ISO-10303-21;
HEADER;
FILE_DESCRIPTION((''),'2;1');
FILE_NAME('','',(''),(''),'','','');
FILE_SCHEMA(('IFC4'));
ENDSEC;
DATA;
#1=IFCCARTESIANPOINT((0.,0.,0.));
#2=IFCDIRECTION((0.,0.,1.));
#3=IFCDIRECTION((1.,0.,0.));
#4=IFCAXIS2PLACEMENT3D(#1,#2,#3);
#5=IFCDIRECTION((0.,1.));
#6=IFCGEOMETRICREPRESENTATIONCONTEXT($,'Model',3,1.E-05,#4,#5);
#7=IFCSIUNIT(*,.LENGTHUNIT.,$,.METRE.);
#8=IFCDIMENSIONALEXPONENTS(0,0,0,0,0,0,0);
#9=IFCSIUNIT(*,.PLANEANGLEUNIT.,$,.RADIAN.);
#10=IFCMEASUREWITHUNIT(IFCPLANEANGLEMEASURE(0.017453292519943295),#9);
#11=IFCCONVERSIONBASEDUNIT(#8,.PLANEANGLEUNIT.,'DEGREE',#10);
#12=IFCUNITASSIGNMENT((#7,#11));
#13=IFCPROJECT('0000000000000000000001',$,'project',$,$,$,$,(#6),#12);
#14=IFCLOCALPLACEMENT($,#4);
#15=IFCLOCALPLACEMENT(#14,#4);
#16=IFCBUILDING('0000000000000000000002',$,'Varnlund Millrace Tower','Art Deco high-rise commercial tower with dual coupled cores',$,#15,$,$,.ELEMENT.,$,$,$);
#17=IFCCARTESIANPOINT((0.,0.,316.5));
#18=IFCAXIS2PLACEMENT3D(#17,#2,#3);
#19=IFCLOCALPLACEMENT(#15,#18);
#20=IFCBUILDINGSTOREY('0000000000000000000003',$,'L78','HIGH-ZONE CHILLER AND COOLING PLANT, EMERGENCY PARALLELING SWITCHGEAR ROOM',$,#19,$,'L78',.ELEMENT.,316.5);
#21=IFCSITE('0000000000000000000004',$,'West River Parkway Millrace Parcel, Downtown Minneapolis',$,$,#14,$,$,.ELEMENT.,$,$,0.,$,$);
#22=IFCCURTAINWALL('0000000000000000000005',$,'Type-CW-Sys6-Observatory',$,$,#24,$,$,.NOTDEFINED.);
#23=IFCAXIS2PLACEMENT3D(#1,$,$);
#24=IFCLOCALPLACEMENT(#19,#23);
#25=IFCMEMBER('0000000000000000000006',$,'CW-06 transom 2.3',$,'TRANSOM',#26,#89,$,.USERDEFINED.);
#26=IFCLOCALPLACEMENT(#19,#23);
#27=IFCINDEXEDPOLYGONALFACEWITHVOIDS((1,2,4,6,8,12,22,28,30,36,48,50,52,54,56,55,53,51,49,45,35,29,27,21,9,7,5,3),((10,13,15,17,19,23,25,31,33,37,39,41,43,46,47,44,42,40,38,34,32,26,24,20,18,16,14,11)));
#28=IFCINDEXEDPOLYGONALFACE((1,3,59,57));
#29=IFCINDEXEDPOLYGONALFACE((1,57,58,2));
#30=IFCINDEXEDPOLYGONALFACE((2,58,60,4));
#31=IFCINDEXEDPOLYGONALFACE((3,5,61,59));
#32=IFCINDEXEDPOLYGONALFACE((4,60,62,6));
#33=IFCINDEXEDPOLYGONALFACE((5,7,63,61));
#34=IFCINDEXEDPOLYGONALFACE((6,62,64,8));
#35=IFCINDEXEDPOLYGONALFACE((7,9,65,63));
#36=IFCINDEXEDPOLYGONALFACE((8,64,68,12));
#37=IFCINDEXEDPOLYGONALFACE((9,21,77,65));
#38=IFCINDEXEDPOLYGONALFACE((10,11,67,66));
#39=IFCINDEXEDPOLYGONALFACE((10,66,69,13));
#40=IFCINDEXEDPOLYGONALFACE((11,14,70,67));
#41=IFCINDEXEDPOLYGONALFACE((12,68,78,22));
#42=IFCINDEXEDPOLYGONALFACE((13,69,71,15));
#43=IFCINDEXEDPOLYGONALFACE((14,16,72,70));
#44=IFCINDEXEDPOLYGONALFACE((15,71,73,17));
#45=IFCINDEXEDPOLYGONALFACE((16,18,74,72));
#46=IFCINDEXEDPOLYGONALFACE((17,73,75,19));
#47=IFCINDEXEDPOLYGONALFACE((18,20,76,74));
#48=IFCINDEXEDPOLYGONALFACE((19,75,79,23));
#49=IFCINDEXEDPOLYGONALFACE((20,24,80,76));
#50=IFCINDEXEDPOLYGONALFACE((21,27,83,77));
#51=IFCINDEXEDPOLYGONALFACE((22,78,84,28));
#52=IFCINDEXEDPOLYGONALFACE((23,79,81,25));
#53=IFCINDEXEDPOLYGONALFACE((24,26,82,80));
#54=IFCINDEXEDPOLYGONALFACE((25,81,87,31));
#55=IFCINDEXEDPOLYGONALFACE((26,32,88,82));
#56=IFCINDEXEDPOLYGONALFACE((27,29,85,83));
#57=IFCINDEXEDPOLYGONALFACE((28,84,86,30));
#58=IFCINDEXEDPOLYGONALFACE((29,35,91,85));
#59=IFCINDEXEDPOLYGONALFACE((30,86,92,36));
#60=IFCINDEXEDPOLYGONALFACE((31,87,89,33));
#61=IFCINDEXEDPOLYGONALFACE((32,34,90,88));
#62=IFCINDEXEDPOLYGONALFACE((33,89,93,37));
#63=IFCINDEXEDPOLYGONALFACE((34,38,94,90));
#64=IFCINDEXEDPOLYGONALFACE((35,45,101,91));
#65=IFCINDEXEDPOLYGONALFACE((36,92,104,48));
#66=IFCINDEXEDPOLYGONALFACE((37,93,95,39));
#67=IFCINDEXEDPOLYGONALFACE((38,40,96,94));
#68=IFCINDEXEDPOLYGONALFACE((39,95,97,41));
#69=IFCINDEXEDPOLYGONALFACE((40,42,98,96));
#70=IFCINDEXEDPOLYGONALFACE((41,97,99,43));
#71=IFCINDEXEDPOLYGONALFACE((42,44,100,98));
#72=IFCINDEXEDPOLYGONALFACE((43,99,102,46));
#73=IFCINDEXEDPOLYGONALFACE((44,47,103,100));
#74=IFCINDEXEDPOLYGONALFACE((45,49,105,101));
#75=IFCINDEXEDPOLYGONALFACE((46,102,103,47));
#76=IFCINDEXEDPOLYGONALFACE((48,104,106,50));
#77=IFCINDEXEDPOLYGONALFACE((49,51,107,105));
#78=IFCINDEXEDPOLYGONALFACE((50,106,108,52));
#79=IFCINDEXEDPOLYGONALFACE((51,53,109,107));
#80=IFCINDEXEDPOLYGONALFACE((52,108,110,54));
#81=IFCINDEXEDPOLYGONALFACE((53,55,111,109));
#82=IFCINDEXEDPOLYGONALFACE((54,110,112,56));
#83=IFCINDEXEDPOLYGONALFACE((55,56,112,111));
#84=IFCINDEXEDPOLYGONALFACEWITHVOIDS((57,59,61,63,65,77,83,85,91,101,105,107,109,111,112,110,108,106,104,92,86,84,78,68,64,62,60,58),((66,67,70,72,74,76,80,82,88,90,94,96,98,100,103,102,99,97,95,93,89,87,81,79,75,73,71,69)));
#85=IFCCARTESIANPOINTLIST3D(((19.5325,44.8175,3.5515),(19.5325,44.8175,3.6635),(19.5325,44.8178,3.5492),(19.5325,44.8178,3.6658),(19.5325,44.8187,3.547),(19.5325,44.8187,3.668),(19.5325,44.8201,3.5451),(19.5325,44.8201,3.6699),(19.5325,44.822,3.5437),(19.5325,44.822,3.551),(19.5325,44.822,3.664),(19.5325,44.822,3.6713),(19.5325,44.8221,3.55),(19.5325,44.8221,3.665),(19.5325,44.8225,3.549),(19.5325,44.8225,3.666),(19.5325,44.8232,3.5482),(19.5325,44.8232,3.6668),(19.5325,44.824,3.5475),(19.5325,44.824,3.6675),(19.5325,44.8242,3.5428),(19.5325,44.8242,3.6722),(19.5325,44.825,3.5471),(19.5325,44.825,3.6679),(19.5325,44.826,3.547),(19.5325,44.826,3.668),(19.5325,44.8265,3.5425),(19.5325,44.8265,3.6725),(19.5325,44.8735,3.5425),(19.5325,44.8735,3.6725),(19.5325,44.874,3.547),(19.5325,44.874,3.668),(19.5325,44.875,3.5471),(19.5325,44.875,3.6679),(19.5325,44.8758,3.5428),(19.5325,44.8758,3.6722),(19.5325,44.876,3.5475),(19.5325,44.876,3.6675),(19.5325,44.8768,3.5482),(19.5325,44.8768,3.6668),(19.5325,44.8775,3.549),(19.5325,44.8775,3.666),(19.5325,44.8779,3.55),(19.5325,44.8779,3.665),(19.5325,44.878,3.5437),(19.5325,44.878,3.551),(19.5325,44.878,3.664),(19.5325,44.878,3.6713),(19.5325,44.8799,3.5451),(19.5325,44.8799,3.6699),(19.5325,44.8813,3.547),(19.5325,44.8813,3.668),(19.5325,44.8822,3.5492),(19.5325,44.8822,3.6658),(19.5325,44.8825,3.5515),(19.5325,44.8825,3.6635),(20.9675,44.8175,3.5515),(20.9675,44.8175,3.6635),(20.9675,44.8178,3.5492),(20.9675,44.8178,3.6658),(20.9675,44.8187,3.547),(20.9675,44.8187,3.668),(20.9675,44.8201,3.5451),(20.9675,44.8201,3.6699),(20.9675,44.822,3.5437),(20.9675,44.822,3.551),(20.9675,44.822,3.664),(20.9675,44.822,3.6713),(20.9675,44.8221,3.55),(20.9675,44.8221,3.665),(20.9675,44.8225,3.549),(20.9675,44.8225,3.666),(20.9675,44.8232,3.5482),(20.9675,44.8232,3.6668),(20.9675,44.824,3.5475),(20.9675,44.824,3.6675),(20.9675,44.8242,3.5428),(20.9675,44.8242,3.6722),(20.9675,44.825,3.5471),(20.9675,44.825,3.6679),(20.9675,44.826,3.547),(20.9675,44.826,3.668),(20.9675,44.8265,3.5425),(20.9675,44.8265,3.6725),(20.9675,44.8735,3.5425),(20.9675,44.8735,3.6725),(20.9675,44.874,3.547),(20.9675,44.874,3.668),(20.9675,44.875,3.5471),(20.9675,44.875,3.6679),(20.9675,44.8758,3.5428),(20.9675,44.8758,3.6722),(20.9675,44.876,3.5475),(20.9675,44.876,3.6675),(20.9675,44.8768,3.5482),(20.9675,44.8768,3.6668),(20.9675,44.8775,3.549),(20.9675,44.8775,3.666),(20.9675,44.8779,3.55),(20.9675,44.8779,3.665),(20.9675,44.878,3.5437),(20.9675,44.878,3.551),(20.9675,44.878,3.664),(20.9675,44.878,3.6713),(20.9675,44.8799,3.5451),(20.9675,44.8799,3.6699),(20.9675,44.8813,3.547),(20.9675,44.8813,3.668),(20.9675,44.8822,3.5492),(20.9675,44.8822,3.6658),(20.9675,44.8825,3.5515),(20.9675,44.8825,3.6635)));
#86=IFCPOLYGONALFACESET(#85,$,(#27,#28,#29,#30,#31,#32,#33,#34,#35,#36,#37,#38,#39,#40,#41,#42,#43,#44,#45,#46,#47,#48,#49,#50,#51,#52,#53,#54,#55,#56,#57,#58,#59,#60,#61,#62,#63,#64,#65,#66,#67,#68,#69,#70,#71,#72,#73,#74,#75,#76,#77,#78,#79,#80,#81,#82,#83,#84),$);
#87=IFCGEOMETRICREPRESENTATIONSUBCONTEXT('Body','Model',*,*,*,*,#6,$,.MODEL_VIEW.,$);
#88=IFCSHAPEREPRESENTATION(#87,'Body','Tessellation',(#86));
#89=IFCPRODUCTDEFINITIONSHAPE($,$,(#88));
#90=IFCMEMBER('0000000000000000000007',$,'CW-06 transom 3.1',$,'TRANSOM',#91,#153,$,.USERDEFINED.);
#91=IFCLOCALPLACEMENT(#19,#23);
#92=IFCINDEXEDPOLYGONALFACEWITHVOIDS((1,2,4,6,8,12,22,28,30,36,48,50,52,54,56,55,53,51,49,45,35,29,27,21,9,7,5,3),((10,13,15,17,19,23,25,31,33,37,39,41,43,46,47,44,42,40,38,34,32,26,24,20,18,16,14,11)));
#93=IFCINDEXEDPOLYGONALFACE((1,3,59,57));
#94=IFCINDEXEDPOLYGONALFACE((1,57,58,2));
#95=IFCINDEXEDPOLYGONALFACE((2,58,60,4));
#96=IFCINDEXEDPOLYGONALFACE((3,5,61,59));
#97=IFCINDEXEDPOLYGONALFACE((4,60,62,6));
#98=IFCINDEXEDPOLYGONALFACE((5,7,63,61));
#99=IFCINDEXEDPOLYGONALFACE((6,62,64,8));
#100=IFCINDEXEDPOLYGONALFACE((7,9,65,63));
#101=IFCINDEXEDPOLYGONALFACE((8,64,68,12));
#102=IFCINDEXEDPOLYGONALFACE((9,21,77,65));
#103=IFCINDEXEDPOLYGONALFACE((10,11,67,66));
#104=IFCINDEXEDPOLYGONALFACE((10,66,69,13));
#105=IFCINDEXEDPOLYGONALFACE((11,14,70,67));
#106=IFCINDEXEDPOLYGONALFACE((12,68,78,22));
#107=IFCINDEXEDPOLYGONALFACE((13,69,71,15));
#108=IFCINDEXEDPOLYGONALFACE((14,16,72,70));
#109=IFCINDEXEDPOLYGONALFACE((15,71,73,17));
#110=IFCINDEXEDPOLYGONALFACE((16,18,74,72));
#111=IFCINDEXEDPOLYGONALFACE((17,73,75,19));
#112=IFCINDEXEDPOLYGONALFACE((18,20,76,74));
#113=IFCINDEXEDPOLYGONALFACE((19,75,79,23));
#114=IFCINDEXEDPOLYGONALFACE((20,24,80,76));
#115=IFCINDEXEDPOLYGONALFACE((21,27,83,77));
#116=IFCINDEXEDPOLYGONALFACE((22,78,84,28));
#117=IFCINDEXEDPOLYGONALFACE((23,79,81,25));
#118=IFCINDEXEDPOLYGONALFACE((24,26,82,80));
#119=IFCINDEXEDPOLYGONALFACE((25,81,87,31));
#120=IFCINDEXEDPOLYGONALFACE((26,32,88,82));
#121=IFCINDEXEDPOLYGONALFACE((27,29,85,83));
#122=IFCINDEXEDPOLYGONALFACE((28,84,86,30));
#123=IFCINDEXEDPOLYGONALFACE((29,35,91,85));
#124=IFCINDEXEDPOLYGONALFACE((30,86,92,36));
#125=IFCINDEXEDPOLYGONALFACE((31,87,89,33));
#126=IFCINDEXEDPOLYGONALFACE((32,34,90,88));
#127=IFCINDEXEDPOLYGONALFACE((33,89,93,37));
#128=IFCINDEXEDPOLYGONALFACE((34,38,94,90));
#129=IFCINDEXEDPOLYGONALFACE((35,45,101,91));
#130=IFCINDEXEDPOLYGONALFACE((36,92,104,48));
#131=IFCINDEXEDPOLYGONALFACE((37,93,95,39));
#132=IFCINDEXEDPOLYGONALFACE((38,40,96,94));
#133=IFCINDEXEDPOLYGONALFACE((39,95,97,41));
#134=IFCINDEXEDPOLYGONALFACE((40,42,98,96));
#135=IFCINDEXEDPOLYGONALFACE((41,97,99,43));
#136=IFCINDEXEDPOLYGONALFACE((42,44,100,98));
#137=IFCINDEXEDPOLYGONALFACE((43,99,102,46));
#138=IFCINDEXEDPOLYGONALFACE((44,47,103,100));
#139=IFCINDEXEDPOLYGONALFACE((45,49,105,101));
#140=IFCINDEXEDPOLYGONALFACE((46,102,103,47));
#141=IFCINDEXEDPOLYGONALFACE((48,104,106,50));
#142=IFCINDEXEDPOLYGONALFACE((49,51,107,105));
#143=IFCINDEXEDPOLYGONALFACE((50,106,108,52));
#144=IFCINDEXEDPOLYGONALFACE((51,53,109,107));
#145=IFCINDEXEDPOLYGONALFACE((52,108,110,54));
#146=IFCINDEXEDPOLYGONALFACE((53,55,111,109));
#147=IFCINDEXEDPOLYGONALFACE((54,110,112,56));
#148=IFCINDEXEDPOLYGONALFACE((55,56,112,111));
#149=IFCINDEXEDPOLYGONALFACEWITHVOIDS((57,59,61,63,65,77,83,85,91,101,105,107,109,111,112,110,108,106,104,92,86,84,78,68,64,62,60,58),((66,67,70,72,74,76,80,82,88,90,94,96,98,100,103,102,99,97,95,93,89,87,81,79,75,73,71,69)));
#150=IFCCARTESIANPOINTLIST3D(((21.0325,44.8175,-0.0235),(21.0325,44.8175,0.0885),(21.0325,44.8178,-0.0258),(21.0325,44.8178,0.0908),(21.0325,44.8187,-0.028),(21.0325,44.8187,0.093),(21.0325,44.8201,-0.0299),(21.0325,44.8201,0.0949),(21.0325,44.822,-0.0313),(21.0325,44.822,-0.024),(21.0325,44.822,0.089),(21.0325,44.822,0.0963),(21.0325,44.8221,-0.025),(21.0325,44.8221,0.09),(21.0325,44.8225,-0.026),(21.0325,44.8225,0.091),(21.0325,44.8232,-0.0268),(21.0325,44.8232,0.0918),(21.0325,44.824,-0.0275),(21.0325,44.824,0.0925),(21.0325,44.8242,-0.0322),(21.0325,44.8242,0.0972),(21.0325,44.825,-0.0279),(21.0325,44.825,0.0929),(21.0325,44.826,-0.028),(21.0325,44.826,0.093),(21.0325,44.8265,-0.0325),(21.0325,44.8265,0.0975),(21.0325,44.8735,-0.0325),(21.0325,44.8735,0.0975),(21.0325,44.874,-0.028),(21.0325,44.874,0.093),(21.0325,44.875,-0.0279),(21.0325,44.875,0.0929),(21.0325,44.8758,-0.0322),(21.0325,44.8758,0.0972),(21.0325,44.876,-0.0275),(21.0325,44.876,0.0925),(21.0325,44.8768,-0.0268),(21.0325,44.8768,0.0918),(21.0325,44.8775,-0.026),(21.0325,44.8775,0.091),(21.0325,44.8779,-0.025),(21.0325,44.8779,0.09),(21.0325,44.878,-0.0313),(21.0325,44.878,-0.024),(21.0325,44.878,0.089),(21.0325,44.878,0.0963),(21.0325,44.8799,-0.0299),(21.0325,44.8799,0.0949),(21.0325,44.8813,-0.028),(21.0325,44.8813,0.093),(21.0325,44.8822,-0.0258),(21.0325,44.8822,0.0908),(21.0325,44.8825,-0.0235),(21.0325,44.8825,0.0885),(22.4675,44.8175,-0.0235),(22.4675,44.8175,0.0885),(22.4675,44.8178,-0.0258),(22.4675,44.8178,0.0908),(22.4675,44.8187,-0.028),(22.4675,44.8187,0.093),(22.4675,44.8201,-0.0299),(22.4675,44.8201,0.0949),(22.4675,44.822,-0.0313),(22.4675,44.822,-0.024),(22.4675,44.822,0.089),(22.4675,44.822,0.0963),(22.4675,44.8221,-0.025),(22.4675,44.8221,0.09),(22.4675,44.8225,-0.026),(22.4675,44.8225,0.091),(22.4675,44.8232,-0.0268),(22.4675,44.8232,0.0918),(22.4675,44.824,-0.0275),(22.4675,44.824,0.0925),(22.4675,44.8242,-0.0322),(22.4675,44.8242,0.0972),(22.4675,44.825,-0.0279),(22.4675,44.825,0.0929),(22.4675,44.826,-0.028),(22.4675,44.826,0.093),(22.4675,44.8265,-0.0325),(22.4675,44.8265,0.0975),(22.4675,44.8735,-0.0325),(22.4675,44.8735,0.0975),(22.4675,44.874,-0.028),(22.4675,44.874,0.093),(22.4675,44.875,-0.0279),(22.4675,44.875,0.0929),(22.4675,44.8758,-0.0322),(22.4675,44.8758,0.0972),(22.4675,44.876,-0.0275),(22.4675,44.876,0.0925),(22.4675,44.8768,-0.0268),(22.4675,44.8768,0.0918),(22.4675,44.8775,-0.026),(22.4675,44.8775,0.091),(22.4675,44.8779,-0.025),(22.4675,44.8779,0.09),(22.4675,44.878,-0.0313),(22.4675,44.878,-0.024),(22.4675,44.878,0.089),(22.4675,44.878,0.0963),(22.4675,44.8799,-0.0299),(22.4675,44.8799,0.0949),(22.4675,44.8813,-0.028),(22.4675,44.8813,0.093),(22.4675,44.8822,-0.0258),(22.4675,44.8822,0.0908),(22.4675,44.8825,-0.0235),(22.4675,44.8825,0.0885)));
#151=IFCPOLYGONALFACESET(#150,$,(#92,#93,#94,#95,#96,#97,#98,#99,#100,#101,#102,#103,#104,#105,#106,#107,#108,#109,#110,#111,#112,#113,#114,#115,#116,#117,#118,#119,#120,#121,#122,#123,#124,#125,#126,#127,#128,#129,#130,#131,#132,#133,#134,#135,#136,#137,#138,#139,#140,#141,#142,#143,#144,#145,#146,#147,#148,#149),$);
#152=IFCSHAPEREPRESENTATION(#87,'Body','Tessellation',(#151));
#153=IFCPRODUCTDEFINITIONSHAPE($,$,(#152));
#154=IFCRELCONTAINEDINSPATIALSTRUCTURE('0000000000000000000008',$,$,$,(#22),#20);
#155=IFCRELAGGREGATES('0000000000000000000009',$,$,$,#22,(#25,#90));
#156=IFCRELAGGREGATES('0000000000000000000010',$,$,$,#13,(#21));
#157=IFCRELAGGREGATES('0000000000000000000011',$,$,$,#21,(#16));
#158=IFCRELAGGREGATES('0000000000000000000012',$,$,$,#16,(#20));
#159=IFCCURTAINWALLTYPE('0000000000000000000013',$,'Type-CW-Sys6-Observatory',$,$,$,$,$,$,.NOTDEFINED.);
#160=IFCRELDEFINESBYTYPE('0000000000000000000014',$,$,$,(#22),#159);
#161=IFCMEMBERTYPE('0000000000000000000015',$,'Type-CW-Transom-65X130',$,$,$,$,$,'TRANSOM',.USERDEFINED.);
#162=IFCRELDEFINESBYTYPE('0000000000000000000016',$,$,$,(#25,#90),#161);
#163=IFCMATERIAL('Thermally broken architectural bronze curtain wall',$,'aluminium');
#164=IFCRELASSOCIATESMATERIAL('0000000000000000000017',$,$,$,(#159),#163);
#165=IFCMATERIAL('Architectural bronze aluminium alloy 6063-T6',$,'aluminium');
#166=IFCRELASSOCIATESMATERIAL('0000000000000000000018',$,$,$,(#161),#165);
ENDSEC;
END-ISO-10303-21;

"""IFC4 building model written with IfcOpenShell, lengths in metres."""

from ifc_helpers import new_model, entity, si_unit, converted_unit, direction, frame, origin_with_axes, origin_2d_with_axis, place, context, subcontext, project, spatial, hollow_rectangle, extrude, material, material_profile, profile_set, type_object, element, aggregate, save


model = new_model("IFC4")

# Units and contexts
model_context = context("Model", 3, precision=1e-05, world=origin_with_axes(), true_north=direction((0.0, 1.0)))
body_context = subcontext(model_context, "Body", "Model", "MODEL_VIEW")
ifc_project = project(units=[si_unit("LENGTHUNIT", "METRE"), converted_unit("PLANEANGLEUNIT", "DEGREE", entity("IfcPlaneAngleMeasure", 0.017453292519943295), si_unit("PLANEANGLEUNIT", "RADIAN"), dimensions=[0, 0, 0, 0, 0, 0, 0])], contexts=[model_context])

# Site, building, storey
site_placement = place(None, origin_with_axes())
site = spatial("IfcSite", under=ifc_project, at=site_placement, Name="West River Parkway Millrace Parcel, Downtown Minneapolis", CompositionType="ELEMENT", RefElevation=0.0)
building_placement = place(site_placement, origin_with_axes())
building = spatial("IfcBuilding", under=site, at=building_placement, Name="Varnlund Millrace Tower", Description="Art Deco high-rise commercial tower with dual coupled cores", CompositionType="ELEMENT")
storey_placement = place(building_placement, frame((0.0, 0.0, 316.5), z_axis=(0.0, 0.0, 1.0), x_axis=(1.0, 0.0, 0.0)))
storey = spatial("IfcBuildingStorey", under=building, at=storey_placement, Name="L78", Description="HIGH-ZONE CHILLER AND COOLING PLANT, EMERGENCY PARALLELING SWITCHGEAR ROOM", LongName="L78", CompositionType="ELEMENT", Elevation=316.5)

# Curtain wall, members
ifc_material_1 = material(Name="Thermally broken architectural bronze curtain wall", Category="aluminium")
curtain_wall_type = type_object("IfcCurtainWallType", Name="Type-CW-Sys6-Observatory", PredefinedType="NOTDEFINED", material=ifc_material_1)
ifc_material_2 = material(Name="Architectural bronze aluminium alloy 6063-T6", Category="aluminium")
ifc_material_profile_1 = material_profile(ifc_material_2, hollow_rectangle(XDim=0.065, YDim=0.13, WallThickness=0.0045, InnerFilletRadius=0.004, OuterFilletRadius=0.009, at=origin_2d_with_axis()), Name="Architectural bronze aluminium alloy 6063-T6")
ifc_profile_set_1 = profile_set([ifc_material_profile_1], Name="Architectural bronze aluminium alloy 6063-T6")
member_type = type_object("IfcMemberType", Name="Type-CW-Transom-65X130", ElementType="TRANSOM", PredefinedType="USERDEFINED", material=ifc_profile_set_1)
curtain_wall_1_placement = place(storey_placement, frame((18.0, 44.85, 0.0), z_axis=(0.0, 0.0, 1.0), x_axis=(1.0, 0.0, 0.0)))
curtain_wall_1 = element("IfcCurtainWall", 1, at=curtain_wall_1_placement, inside=storey, type_object=curtain_wall_type, Name="Type-CW-Sys6-Observatory", PredefinedType="NOTDEFINED")
member_1_placement = place(storey_placement, frame((19.5325, 44.85, 3.6075), z_axis=(1.0, 0.0, 0.0), x_axis=(0.0, 1.0, 0.0)))
member_1 = element("IfcMember", 2, at=member_1_placement, type_object=member_type, Name="CW-06 transom 2.3", ObjectType="TRANSOM", PredefinedType="USERDEFINED", context=body_context, shape_type="SweptSolid", body=[
    extrude(hollow_rectangle(XDim=0.065, YDim=0.13, WallThickness=0.0045, InnerFilletRadius=0.004, OuterFilletRadius=0.009, at=origin_2d_with_axis()), origin_with_axes(), (0.0, 0.0, 1.0), 1.435),
])
member_2_placement = place(storey_placement, frame((21.0325, 44.85, 0.0325), z_axis=(1.0, 0.0, 0.0), x_axis=(0.0, 1.0, 0.0)))
member_2 = element("IfcMember", 3, at=member_2_placement, type_object=member_type, Name="CW-06 transom 3.1", ObjectType="TRANSOM", PredefinedType="USERDEFINED", context=body_context, shape_type="SweptSolid", body=[
    extrude(hollow_rectangle(XDim=0.065, YDim=0.13, WallThickness=0.0045, InnerFilletRadius=0.004, OuterFilletRadius=0.009, at=origin_2d_with_axis()), origin_with_axes(), (0.0, 0.0, 1.0), 1.435),
])

aggregate(curtain_wall_1, [member_1, member_2])

save(model, "model.ifc")
